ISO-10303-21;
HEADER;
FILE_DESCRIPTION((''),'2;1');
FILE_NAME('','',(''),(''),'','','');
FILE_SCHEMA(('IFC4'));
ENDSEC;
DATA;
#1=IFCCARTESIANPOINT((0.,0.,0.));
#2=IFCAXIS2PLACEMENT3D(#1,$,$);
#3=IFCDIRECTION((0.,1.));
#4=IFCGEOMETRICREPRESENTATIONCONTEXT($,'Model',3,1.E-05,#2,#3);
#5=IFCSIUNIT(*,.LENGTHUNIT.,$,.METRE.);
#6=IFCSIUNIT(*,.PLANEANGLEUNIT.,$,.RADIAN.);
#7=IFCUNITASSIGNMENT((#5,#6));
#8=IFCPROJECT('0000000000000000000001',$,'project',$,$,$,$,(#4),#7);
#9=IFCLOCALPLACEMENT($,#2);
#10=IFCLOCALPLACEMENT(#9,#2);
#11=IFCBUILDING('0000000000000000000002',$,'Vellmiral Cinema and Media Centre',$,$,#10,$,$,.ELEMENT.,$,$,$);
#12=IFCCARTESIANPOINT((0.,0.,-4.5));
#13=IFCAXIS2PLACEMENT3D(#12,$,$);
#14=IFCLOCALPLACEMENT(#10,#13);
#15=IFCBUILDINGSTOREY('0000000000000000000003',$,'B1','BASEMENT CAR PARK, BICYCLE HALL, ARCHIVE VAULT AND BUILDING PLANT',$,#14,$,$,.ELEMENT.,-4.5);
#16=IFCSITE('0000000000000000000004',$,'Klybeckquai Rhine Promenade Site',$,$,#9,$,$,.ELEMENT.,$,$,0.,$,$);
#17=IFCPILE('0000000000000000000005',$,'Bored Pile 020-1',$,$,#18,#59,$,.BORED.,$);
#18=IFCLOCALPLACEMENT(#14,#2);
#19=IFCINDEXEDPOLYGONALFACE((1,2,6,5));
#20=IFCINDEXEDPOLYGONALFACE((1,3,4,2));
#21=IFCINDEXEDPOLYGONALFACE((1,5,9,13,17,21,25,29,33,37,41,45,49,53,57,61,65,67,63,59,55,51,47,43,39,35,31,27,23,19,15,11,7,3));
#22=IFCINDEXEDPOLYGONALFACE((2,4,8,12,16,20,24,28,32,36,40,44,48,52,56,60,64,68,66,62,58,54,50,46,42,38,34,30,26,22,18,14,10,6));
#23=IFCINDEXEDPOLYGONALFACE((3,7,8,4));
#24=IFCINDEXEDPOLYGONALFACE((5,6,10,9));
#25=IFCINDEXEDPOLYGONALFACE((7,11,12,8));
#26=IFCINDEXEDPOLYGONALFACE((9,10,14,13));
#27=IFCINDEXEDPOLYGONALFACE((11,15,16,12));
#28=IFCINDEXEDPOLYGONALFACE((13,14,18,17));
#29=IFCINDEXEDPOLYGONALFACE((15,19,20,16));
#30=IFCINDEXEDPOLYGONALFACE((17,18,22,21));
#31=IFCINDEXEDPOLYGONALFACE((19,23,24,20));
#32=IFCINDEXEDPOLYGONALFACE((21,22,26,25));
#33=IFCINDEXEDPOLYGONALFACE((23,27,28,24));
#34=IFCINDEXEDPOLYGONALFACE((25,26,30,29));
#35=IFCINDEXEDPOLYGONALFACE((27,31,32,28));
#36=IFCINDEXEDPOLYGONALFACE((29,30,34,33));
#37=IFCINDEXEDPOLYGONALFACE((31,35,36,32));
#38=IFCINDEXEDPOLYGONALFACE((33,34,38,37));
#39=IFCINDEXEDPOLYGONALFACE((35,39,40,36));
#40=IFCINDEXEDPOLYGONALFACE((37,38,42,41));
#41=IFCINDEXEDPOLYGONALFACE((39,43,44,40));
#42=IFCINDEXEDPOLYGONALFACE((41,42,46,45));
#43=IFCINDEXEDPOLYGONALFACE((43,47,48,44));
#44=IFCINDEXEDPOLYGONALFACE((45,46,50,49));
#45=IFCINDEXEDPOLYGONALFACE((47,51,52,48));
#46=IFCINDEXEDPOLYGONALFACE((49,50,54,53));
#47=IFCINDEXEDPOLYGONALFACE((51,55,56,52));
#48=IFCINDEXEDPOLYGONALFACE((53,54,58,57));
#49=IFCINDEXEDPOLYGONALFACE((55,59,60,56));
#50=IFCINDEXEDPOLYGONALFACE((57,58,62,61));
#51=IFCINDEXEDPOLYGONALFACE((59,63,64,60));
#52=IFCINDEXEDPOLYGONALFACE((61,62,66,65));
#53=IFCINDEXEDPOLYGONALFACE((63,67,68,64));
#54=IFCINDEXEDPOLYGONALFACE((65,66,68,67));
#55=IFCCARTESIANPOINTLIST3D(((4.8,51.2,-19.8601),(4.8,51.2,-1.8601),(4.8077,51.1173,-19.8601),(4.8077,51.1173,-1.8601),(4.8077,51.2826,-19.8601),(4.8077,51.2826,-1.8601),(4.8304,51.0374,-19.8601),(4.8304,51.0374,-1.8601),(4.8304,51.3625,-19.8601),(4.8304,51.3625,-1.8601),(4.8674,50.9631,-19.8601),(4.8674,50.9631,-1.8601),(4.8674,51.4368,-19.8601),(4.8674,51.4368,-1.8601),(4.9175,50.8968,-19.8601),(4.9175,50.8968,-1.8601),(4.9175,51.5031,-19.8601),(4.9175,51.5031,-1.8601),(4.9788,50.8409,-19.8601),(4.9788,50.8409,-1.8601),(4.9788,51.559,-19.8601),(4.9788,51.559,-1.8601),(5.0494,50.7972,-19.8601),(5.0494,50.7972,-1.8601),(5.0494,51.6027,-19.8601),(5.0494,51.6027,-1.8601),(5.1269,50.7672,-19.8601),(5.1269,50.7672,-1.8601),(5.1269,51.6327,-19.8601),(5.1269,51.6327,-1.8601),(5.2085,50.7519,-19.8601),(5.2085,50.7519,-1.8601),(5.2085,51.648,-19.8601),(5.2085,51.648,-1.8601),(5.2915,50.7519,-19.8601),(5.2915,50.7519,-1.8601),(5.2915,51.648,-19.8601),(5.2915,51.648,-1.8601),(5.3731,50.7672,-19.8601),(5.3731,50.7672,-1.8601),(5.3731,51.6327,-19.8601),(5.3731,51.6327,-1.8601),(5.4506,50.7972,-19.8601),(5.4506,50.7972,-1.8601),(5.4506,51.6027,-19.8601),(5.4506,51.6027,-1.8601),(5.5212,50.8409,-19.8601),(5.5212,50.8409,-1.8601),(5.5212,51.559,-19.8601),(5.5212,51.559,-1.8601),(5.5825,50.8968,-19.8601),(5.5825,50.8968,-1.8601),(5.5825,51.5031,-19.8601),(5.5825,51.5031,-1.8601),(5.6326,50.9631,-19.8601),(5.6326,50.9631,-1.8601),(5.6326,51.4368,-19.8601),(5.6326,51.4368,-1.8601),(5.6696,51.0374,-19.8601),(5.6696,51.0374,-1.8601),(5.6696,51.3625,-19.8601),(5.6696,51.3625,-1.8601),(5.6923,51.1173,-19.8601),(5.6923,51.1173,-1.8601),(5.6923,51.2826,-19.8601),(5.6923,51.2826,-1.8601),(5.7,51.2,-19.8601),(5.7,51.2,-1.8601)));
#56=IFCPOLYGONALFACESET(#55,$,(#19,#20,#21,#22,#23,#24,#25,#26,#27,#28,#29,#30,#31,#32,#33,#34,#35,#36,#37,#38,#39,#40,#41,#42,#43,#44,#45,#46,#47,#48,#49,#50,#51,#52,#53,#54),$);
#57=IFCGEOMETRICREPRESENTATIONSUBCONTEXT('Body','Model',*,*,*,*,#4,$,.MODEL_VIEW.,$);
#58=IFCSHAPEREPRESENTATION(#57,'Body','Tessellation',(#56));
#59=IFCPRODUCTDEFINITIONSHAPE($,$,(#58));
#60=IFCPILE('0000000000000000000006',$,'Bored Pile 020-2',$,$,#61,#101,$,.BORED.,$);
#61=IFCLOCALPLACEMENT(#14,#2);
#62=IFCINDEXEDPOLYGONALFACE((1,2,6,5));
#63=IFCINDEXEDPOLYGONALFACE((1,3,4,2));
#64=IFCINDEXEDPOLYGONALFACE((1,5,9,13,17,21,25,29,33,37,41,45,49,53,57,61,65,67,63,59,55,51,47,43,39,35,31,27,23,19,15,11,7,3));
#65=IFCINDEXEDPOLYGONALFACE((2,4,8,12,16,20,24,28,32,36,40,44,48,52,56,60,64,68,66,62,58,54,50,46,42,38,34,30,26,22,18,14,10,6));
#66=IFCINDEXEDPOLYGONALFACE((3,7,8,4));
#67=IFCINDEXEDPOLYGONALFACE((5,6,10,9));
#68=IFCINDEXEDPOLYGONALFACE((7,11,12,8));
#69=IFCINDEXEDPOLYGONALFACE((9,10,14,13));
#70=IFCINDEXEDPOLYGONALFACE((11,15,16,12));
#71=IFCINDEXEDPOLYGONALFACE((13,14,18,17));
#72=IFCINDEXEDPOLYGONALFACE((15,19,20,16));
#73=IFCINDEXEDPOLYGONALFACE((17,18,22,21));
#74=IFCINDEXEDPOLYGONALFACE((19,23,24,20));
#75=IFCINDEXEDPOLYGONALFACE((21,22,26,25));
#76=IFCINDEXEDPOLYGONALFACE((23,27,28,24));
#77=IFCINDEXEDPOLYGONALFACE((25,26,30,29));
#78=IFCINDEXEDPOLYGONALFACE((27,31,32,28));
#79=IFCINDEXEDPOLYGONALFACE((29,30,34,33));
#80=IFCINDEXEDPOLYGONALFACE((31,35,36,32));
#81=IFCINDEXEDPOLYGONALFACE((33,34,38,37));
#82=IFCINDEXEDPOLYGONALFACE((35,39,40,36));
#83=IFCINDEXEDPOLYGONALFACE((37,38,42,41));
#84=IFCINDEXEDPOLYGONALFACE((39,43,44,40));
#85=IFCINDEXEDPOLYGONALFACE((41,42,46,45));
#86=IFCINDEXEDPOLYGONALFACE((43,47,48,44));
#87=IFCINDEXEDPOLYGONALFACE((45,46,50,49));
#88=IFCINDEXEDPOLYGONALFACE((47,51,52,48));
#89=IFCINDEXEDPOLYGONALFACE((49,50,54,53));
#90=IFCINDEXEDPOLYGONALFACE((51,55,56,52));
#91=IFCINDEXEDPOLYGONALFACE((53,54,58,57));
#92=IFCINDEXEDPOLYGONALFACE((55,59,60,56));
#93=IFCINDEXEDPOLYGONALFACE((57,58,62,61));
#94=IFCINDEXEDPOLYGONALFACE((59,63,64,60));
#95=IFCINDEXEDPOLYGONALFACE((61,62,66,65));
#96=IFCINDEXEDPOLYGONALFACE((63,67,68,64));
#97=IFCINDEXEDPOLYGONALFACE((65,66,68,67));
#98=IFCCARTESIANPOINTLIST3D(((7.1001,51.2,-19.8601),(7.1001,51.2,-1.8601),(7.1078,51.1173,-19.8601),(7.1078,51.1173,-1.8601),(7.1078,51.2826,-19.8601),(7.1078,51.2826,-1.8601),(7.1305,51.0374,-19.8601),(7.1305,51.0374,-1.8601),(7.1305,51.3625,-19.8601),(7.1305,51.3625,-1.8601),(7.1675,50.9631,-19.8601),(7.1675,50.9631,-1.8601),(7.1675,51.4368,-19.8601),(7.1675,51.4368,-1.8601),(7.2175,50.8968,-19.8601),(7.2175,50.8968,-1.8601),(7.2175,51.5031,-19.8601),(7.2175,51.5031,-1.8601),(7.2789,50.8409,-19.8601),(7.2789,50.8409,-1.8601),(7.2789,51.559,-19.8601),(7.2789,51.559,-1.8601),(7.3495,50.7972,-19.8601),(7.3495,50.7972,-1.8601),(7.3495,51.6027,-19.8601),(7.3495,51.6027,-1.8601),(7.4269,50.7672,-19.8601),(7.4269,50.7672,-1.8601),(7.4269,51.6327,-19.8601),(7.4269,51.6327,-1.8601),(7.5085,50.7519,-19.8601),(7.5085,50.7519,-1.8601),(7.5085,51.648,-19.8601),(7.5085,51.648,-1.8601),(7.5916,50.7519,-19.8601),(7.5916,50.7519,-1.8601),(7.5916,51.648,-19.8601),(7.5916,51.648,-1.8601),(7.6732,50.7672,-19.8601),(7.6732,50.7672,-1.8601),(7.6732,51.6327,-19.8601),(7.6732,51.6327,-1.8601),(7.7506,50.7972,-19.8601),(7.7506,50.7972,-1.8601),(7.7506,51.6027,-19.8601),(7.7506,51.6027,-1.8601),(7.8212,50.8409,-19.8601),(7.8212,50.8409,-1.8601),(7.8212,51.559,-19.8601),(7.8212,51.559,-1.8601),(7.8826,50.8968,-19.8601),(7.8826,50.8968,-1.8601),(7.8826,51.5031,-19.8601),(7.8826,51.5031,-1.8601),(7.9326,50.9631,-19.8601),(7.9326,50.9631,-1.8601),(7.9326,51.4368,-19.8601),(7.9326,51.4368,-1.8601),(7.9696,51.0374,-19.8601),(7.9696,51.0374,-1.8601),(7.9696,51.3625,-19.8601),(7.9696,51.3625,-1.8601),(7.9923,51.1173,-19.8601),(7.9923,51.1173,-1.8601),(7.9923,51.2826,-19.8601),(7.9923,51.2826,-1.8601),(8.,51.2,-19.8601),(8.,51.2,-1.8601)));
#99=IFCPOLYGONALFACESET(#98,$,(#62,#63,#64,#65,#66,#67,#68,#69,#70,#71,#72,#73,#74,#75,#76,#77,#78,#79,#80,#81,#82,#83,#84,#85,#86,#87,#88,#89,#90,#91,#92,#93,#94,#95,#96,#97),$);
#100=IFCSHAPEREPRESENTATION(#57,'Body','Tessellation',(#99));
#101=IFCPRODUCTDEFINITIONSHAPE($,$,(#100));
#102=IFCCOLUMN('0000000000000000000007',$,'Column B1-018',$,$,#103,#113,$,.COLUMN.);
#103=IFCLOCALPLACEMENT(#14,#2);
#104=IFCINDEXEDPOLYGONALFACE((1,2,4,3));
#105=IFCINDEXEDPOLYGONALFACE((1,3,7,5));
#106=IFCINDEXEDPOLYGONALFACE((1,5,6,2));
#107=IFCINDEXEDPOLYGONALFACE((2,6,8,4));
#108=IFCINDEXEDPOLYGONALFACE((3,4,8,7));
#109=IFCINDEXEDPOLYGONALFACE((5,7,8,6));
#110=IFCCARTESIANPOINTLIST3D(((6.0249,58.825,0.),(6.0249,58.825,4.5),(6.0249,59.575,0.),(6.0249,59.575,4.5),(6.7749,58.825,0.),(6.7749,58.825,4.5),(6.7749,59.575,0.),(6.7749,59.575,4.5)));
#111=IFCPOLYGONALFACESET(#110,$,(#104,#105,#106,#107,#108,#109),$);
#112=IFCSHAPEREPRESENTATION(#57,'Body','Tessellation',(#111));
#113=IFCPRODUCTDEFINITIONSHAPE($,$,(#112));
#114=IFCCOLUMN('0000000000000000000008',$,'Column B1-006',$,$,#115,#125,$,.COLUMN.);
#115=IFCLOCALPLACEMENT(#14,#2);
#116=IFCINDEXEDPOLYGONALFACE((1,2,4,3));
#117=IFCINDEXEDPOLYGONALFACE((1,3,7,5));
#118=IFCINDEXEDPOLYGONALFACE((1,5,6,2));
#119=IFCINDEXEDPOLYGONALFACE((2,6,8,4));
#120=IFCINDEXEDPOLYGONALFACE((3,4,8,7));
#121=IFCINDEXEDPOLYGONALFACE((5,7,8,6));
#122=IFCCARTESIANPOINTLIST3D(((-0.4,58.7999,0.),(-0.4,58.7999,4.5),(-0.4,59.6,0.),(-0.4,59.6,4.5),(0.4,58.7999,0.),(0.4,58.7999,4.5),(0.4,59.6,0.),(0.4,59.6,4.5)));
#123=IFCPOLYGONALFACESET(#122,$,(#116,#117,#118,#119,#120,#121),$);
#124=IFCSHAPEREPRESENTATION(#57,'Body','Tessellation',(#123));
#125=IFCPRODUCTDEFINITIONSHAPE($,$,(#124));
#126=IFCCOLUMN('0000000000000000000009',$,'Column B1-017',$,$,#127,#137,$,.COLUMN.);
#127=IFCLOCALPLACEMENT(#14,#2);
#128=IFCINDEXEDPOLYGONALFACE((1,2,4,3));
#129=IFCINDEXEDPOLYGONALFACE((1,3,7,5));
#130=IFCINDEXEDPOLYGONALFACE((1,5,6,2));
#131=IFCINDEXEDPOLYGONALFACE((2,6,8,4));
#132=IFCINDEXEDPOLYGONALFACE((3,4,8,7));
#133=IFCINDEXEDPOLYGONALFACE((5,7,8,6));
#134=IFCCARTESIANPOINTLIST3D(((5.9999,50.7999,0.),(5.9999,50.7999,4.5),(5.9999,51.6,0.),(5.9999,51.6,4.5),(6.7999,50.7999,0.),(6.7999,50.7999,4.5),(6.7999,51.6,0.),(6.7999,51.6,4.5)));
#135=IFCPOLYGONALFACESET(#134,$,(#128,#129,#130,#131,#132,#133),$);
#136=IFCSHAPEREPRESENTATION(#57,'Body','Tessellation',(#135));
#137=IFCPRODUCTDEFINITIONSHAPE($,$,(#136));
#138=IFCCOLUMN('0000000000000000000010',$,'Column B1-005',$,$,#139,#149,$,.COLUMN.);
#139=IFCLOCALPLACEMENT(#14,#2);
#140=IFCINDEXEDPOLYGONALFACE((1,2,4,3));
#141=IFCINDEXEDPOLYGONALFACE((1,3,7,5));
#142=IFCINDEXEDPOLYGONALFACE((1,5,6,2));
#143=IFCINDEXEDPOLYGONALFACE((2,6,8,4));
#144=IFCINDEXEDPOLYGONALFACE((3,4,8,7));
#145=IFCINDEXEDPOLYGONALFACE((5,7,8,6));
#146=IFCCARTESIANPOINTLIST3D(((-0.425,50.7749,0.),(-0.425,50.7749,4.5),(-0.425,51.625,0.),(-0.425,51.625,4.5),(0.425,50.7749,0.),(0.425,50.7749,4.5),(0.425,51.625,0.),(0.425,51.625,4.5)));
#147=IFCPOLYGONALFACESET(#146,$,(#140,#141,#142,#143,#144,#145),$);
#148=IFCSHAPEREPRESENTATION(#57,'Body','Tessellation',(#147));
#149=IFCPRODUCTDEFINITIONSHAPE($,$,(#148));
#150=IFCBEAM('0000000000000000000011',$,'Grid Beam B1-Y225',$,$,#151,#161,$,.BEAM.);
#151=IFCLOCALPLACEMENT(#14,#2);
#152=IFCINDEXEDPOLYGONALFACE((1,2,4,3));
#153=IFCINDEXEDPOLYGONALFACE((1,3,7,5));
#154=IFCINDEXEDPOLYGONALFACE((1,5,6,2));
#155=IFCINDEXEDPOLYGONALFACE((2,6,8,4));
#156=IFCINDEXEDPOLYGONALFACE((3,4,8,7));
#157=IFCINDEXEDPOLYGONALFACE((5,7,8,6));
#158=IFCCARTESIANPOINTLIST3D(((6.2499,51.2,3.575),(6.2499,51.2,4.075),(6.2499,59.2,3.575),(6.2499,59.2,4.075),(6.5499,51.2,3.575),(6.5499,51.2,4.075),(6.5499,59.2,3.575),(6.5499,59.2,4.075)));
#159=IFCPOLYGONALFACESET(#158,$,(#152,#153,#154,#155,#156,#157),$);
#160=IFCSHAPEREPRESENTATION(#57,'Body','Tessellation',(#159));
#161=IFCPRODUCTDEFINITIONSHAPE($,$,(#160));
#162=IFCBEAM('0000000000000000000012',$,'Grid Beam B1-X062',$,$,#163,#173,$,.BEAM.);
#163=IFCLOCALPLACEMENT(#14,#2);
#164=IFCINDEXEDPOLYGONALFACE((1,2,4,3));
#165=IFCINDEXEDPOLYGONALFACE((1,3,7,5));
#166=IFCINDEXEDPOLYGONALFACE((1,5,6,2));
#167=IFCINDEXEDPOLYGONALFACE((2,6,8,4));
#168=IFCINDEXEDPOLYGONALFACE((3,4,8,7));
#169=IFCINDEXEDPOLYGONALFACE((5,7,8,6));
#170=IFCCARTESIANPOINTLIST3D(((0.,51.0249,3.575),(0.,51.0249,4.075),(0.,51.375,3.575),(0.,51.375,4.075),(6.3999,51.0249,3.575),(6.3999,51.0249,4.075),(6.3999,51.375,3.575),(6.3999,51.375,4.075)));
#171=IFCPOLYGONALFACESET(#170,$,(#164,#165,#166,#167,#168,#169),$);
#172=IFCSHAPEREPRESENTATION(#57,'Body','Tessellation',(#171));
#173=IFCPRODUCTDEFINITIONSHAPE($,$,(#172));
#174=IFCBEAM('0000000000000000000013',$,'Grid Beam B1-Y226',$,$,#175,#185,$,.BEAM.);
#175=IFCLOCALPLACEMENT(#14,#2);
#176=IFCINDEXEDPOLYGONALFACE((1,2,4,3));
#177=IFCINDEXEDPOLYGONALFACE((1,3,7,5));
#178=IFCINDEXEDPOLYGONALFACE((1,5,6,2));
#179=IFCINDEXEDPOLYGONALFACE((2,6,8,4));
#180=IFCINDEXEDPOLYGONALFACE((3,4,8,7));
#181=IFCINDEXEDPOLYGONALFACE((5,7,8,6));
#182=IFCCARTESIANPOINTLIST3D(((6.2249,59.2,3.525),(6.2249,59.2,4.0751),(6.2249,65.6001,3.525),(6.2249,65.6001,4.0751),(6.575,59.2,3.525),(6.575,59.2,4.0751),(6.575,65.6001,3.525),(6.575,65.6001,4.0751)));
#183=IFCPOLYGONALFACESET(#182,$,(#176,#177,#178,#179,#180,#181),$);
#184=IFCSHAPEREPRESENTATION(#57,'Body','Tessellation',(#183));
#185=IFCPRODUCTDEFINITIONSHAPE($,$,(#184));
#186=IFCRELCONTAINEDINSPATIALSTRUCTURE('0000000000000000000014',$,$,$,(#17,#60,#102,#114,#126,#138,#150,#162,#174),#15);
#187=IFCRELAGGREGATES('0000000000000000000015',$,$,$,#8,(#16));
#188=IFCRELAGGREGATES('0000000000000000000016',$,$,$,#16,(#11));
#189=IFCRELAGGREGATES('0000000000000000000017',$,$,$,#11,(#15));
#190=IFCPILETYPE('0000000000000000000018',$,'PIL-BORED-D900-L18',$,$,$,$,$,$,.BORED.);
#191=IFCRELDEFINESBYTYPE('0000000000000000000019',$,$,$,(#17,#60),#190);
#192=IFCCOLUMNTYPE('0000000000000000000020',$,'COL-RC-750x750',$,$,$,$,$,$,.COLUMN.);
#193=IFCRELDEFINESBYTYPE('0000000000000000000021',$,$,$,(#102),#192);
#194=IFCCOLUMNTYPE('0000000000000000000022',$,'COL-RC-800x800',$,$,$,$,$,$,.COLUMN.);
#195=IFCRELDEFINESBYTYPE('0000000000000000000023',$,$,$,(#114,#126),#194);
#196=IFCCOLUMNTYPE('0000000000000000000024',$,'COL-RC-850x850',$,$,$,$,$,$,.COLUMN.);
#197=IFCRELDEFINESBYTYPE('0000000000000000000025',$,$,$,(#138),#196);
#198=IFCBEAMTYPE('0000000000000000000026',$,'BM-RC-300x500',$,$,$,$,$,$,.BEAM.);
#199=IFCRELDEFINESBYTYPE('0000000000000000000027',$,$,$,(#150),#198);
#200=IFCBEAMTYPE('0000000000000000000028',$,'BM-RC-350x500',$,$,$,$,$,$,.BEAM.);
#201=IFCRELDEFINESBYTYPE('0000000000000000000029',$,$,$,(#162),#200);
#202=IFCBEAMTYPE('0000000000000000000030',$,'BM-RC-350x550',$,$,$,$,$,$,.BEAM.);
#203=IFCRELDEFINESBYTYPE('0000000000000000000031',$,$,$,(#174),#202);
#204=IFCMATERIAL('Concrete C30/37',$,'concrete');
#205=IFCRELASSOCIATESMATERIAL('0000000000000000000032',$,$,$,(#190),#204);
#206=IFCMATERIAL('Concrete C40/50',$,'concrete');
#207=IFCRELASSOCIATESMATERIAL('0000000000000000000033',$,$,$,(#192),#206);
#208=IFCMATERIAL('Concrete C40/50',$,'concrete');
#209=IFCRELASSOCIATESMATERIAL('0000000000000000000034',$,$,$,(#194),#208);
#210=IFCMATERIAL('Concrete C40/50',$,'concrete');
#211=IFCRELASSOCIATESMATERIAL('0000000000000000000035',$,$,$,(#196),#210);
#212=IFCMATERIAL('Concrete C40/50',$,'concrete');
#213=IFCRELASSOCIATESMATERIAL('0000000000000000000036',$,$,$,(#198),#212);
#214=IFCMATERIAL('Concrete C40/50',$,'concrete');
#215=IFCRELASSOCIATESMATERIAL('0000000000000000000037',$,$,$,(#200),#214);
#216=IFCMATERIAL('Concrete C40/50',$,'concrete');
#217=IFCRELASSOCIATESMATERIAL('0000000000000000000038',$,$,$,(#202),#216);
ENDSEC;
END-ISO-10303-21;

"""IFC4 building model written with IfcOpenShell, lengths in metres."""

from ifc_helpers import new_model, si_unit, direction, frame, origin, origin_2d, place, context, subcontext, project, spatial, rectangle, circle, extrude, material, material_profile, profile_set, type_object, element, save


model = new_model("IFC4")

# Units and contexts
model_context = context("Model", 3, precision=1e-05, world=origin(), true_north=direction((0.0, 1.0)))
body_context = subcontext(model_context, "Body", "Model", "MODEL_VIEW")
ifc_project = project(units=[si_unit("LENGTHUNIT", "METRE"), si_unit("PLANEANGLEUNIT", "RADIAN")], contexts=[model_context])

# Site, building, storey
site_placement = place(None, origin())
site = spatial("IfcSite", under=ifc_project, at=site_placement, Name="Klybeckquai Rhine Promenade Site", CompositionType="ELEMENT", RefElevation=0.0)
building_placement = place(site_placement, origin())
building = spatial("IfcBuilding", under=site, at=building_placement, Name="Vellmiral Cinema and Media Centre", CompositionType="ELEMENT")
storey_placement = place(building_placement, frame((0.0, 0.0, -4.5)))
storey = spatial("IfcBuildingStorey", under=building, at=storey_placement, Name="B1", Description="BASEMENT CAR PARK, BICYCLE HALL, ARCHIVE VAULT AND BUILDING PLANT", CompositionType="ELEMENT", Elevation=-4.5)

# Piles
ifc_material_1 = material(Name="Concrete C30/37", Category="concrete")
ifc_material_profile_1 = material_profile(ifc_material_1, circle(Radius=0.45, at=origin_2d()), Name="PILE D900")
ifc_profile_set_1 = profile_set([ifc_material_profile_1], Name="Concrete C30/37")
pile_type_1 = type_object("IfcPileType", Name="PIL-BORED-D900-L18", PredefinedType="BORED", material=ifc_profile_set_1)
for number, where, z_axis, x_axis, name in (
    (1, (5.25, 51.2, -1.8601), (0.0, 0.0, -1.0), (1.0, 0.0, 0.0), "Bored Pile 020-1"),
    (2, (7.55, 51.2, -1.8601), (0.0, 0.0, -1.0), (1.0, 0.0, 0.0), "Bored Pile 020-2"),
):
    element("IfcPile", number, at=place(storey_placement, frame(where, z_axis=z_axis, x_axis=x_axis)), inside=storey, type_object=pile_type_1, Name=name, PredefinedType="BORED", context=body_context, shape_type="SweptSolid", body=[
        extrude(circle(Radius=0.45, at=origin_2d()), origin(), (0.0, 0.0, 1.0), 18.0),
    ])

# Columns
ifc_material_2 = material(Name="Concrete C40/50", Category="concrete")
ifc_material_profile_2 = material_profile(ifc_material_2, rectangle(XDim=0.75, YDim=0.75, at=origin_2d()), Name="RC 750x750")
ifc_profile_set_2 = profile_set([ifc_material_profile_2], Name="Concrete C40/50")
column_type_1 = type_object("IfcColumnType", Name="COL-RC-750x750", PredefinedType="COLUMN", material=ifc_profile_set_2)
column_1_placement = place(storey_placement, frame((6.3999, 59.2, 0.0), z_axis=(0.0, 0.0, 1.0), x_axis=(1.0, 0.0, 0.0)))
element("IfcColumn", 3, at=column_1_placement, inside=storey, type_object=column_type_1, Name="Column B1-018", PredefinedType="COLUMN", context=body_context, shape_type="SweptSolid", body=[
    extrude(rectangle(XDim=0.75, YDim=0.75, at=origin_2d()), origin(), (0.0, 0.0, 1.0), 4.5),
])
ifc_material_3 = material(Name="Concrete C40/50", Category="concrete")
ifc_material_profile_3 = material_profile(ifc_material_3, rectangle(XDim=0.8, YDim=0.8, at=origin_2d()), Name="RC 800x800")
ifc_profile_set_3 = profile_set([ifc_material_profile_3], Name="Concrete C40/50")
column_type_2 = type_object("IfcColumnType", Name="COL-RC-800x800", PredefinedType="COLUMN", material=ifc_profile_set_3)
for number, where, z_axis, x_axis, name in (
    (4, (0.0, 59.2, 0.0), (0.0, 0.0, 1.0), (1.0, 0.0, 0.0), "Column B1-006"),
    (5, (6.3999, 51.2, 0.0), (0.0, 0.0, 1.0), (1.0, 0.0, 0.0), "Column B1-017"),
):
    element("IfcColumn", number, at=place(storey_placement, frame(where, z_axis=z_axis, x_axis=x_axis)), inside=storey, type_object=column_type_2, Name=name, PredefinedType="COLUMN", context=body_context, shape_type="SweptSolid", body=[
        extrude(rectangle(XDim=0.8, YDim=0.8, at=origin_2d()), origin(), (0.0, 0.0, 1.0), 4.5),
    ])
ifc_material_4 = material(Name="Concrete C40/50", Category="concrete")
ifc_material_profile_4 = material_profile(ifc_material_4, rectangle(XDim=0.8501, YDim=0.8501, at=origin_2d()), Name="RC 850x850")
ifc_profile_set_4 = profile_set([ifc_material_profile_4], Name="Concrete C40/50")
column_type_3 = type_object("IfcColumnType", Name="COL-RC-850x850", PredefinedType="COLUMN", material=ifc_profile_set_4)
column_2_placement = place(storey_placement, frame((0.0, 51.2, 0.0), z_axis=(0.0, 0.0, 1.0), x_axis=(1.0, 0.0, 0.0)))
element("IfcColumn", 6, at=column_2_placement, inside=storey, type_object=column_type_3, Name="Column B1-005", PredefinedType="COLUMN", context=body_context, shape_type="SweptSolid", body=[
    extrude(rectangle(XDim=0.8501, YDim=0.8501, at=origin_2d()), origin(), (0.0, 0.0, 1.0), 4.5),
])

# Beams
ifc_material_5 = material(Name="Concrete C40/50", Category="concrete")
ifc_material_profile_5 = material_profile(ifc_material_5, rectangle(XDim=0.3, YDim=0.5, at=origin_2d()), Name="RC 300x500")
ifc_profile_set_5 = profile_set([ifc_material_profile_5], Name="Concrete C40/50")
beam_type_1 = type_object("IfcBeamType", Name="BM-RC-300x500", PredefinedType="BEAM", material=ifc_profile_set_5)
beam_1_placement = place(storey_placement, frame((6.3999, 51.2, 3.825), z_axis=(0.0, 1.0, 0.0), x_axis=(-1.0, 0.0, 0.0)))
element("IfcBeam", 7, at=beam_1_placement, inside=storey, type_object=beam_type_1, Name="Grid Beam B1-Y225", PredefinedType="BEAM", context=body_context, shape_type="SweptSolid", body=[
    extrude(rectangle(XDim=0.3, YDim=0.5, at=origin_2d()), origin(), (0.0, 0.0, 1.0), 8.0),
])
ifc_material_6 = material(Name="Concrete C40/50", Category="concrete")
ifc_material_profile_6 = material_profile(ifc_material_6, rectangle(XDim=0.3501, YDim=0.5, at=origin_2d()), Name="RC 350x500")
ifc_profile_set_6 = profile_set([ifc_material_profile_6], Name="Concrete C40/50")
beam_type_2 = type_object("IfcBeamType", Name="BM-RC-350x500", PredefinedType="BEAM", material=ifc_profile_set_6)
beam_2_placement = place(storey_placement, frame((0.0, 51.2, 3.825), z_axis=(1.0, 0.0, 0.0), x_axis=(0.0, 1.0, 0.0)))
element("IfcBeam", 8, at=beam_2_placement, inside=storey, type_object=beam_type_2, Name="Grid Beam B1-X062", PredefinedType="BEAM", context=body_context, shape_type="SweptSolid", body=[
    extrude(rectangle(XDim=0.3501, YDim=0.5, at=origin_2d()), origin(), (0.0, 0.0, 1.0), 6.3999),
])
ifc_material_7 = material(Name="Concrete C40/50", Category="concrete")
ifc_material_profile_7 = material_profile(ifc_material_7, rectangle(XDim=0.3501, YDim=0.55, at=origin_2d()), Name="RC 350x550")
ifc_profile_set_7 = profile_set([ifc_material_profile_7], Name="Concrete C40/50")
beam_type_3 = type_object("IfcBeamType", Name="BM-RC-350x550", PredefinedType="BEAM", material=ifc_profile_set_7)
beam_3_placement = place(storey_placement, frame((6.3999, 59.2, 3.8), z_axis=(0.0, 1.0, 0.0), x_axis=(-1.0, 0.0, 0.0)))
element("IfcBeam", 9, at=beam_3_placement, inside=storey, type_object=beam_type_3, Name="Grid Beam B1-Y226", PredefinedType="BEAM", context=body_context, shape_type="SweptSolid", body=[
    extrude(rectangle(XDim=0.3501, YDim=0.55, at=origin_2d()), origin(), (0.0, 0.0, 1.0), 6.4001),
])

save(model, "model.ifc")
